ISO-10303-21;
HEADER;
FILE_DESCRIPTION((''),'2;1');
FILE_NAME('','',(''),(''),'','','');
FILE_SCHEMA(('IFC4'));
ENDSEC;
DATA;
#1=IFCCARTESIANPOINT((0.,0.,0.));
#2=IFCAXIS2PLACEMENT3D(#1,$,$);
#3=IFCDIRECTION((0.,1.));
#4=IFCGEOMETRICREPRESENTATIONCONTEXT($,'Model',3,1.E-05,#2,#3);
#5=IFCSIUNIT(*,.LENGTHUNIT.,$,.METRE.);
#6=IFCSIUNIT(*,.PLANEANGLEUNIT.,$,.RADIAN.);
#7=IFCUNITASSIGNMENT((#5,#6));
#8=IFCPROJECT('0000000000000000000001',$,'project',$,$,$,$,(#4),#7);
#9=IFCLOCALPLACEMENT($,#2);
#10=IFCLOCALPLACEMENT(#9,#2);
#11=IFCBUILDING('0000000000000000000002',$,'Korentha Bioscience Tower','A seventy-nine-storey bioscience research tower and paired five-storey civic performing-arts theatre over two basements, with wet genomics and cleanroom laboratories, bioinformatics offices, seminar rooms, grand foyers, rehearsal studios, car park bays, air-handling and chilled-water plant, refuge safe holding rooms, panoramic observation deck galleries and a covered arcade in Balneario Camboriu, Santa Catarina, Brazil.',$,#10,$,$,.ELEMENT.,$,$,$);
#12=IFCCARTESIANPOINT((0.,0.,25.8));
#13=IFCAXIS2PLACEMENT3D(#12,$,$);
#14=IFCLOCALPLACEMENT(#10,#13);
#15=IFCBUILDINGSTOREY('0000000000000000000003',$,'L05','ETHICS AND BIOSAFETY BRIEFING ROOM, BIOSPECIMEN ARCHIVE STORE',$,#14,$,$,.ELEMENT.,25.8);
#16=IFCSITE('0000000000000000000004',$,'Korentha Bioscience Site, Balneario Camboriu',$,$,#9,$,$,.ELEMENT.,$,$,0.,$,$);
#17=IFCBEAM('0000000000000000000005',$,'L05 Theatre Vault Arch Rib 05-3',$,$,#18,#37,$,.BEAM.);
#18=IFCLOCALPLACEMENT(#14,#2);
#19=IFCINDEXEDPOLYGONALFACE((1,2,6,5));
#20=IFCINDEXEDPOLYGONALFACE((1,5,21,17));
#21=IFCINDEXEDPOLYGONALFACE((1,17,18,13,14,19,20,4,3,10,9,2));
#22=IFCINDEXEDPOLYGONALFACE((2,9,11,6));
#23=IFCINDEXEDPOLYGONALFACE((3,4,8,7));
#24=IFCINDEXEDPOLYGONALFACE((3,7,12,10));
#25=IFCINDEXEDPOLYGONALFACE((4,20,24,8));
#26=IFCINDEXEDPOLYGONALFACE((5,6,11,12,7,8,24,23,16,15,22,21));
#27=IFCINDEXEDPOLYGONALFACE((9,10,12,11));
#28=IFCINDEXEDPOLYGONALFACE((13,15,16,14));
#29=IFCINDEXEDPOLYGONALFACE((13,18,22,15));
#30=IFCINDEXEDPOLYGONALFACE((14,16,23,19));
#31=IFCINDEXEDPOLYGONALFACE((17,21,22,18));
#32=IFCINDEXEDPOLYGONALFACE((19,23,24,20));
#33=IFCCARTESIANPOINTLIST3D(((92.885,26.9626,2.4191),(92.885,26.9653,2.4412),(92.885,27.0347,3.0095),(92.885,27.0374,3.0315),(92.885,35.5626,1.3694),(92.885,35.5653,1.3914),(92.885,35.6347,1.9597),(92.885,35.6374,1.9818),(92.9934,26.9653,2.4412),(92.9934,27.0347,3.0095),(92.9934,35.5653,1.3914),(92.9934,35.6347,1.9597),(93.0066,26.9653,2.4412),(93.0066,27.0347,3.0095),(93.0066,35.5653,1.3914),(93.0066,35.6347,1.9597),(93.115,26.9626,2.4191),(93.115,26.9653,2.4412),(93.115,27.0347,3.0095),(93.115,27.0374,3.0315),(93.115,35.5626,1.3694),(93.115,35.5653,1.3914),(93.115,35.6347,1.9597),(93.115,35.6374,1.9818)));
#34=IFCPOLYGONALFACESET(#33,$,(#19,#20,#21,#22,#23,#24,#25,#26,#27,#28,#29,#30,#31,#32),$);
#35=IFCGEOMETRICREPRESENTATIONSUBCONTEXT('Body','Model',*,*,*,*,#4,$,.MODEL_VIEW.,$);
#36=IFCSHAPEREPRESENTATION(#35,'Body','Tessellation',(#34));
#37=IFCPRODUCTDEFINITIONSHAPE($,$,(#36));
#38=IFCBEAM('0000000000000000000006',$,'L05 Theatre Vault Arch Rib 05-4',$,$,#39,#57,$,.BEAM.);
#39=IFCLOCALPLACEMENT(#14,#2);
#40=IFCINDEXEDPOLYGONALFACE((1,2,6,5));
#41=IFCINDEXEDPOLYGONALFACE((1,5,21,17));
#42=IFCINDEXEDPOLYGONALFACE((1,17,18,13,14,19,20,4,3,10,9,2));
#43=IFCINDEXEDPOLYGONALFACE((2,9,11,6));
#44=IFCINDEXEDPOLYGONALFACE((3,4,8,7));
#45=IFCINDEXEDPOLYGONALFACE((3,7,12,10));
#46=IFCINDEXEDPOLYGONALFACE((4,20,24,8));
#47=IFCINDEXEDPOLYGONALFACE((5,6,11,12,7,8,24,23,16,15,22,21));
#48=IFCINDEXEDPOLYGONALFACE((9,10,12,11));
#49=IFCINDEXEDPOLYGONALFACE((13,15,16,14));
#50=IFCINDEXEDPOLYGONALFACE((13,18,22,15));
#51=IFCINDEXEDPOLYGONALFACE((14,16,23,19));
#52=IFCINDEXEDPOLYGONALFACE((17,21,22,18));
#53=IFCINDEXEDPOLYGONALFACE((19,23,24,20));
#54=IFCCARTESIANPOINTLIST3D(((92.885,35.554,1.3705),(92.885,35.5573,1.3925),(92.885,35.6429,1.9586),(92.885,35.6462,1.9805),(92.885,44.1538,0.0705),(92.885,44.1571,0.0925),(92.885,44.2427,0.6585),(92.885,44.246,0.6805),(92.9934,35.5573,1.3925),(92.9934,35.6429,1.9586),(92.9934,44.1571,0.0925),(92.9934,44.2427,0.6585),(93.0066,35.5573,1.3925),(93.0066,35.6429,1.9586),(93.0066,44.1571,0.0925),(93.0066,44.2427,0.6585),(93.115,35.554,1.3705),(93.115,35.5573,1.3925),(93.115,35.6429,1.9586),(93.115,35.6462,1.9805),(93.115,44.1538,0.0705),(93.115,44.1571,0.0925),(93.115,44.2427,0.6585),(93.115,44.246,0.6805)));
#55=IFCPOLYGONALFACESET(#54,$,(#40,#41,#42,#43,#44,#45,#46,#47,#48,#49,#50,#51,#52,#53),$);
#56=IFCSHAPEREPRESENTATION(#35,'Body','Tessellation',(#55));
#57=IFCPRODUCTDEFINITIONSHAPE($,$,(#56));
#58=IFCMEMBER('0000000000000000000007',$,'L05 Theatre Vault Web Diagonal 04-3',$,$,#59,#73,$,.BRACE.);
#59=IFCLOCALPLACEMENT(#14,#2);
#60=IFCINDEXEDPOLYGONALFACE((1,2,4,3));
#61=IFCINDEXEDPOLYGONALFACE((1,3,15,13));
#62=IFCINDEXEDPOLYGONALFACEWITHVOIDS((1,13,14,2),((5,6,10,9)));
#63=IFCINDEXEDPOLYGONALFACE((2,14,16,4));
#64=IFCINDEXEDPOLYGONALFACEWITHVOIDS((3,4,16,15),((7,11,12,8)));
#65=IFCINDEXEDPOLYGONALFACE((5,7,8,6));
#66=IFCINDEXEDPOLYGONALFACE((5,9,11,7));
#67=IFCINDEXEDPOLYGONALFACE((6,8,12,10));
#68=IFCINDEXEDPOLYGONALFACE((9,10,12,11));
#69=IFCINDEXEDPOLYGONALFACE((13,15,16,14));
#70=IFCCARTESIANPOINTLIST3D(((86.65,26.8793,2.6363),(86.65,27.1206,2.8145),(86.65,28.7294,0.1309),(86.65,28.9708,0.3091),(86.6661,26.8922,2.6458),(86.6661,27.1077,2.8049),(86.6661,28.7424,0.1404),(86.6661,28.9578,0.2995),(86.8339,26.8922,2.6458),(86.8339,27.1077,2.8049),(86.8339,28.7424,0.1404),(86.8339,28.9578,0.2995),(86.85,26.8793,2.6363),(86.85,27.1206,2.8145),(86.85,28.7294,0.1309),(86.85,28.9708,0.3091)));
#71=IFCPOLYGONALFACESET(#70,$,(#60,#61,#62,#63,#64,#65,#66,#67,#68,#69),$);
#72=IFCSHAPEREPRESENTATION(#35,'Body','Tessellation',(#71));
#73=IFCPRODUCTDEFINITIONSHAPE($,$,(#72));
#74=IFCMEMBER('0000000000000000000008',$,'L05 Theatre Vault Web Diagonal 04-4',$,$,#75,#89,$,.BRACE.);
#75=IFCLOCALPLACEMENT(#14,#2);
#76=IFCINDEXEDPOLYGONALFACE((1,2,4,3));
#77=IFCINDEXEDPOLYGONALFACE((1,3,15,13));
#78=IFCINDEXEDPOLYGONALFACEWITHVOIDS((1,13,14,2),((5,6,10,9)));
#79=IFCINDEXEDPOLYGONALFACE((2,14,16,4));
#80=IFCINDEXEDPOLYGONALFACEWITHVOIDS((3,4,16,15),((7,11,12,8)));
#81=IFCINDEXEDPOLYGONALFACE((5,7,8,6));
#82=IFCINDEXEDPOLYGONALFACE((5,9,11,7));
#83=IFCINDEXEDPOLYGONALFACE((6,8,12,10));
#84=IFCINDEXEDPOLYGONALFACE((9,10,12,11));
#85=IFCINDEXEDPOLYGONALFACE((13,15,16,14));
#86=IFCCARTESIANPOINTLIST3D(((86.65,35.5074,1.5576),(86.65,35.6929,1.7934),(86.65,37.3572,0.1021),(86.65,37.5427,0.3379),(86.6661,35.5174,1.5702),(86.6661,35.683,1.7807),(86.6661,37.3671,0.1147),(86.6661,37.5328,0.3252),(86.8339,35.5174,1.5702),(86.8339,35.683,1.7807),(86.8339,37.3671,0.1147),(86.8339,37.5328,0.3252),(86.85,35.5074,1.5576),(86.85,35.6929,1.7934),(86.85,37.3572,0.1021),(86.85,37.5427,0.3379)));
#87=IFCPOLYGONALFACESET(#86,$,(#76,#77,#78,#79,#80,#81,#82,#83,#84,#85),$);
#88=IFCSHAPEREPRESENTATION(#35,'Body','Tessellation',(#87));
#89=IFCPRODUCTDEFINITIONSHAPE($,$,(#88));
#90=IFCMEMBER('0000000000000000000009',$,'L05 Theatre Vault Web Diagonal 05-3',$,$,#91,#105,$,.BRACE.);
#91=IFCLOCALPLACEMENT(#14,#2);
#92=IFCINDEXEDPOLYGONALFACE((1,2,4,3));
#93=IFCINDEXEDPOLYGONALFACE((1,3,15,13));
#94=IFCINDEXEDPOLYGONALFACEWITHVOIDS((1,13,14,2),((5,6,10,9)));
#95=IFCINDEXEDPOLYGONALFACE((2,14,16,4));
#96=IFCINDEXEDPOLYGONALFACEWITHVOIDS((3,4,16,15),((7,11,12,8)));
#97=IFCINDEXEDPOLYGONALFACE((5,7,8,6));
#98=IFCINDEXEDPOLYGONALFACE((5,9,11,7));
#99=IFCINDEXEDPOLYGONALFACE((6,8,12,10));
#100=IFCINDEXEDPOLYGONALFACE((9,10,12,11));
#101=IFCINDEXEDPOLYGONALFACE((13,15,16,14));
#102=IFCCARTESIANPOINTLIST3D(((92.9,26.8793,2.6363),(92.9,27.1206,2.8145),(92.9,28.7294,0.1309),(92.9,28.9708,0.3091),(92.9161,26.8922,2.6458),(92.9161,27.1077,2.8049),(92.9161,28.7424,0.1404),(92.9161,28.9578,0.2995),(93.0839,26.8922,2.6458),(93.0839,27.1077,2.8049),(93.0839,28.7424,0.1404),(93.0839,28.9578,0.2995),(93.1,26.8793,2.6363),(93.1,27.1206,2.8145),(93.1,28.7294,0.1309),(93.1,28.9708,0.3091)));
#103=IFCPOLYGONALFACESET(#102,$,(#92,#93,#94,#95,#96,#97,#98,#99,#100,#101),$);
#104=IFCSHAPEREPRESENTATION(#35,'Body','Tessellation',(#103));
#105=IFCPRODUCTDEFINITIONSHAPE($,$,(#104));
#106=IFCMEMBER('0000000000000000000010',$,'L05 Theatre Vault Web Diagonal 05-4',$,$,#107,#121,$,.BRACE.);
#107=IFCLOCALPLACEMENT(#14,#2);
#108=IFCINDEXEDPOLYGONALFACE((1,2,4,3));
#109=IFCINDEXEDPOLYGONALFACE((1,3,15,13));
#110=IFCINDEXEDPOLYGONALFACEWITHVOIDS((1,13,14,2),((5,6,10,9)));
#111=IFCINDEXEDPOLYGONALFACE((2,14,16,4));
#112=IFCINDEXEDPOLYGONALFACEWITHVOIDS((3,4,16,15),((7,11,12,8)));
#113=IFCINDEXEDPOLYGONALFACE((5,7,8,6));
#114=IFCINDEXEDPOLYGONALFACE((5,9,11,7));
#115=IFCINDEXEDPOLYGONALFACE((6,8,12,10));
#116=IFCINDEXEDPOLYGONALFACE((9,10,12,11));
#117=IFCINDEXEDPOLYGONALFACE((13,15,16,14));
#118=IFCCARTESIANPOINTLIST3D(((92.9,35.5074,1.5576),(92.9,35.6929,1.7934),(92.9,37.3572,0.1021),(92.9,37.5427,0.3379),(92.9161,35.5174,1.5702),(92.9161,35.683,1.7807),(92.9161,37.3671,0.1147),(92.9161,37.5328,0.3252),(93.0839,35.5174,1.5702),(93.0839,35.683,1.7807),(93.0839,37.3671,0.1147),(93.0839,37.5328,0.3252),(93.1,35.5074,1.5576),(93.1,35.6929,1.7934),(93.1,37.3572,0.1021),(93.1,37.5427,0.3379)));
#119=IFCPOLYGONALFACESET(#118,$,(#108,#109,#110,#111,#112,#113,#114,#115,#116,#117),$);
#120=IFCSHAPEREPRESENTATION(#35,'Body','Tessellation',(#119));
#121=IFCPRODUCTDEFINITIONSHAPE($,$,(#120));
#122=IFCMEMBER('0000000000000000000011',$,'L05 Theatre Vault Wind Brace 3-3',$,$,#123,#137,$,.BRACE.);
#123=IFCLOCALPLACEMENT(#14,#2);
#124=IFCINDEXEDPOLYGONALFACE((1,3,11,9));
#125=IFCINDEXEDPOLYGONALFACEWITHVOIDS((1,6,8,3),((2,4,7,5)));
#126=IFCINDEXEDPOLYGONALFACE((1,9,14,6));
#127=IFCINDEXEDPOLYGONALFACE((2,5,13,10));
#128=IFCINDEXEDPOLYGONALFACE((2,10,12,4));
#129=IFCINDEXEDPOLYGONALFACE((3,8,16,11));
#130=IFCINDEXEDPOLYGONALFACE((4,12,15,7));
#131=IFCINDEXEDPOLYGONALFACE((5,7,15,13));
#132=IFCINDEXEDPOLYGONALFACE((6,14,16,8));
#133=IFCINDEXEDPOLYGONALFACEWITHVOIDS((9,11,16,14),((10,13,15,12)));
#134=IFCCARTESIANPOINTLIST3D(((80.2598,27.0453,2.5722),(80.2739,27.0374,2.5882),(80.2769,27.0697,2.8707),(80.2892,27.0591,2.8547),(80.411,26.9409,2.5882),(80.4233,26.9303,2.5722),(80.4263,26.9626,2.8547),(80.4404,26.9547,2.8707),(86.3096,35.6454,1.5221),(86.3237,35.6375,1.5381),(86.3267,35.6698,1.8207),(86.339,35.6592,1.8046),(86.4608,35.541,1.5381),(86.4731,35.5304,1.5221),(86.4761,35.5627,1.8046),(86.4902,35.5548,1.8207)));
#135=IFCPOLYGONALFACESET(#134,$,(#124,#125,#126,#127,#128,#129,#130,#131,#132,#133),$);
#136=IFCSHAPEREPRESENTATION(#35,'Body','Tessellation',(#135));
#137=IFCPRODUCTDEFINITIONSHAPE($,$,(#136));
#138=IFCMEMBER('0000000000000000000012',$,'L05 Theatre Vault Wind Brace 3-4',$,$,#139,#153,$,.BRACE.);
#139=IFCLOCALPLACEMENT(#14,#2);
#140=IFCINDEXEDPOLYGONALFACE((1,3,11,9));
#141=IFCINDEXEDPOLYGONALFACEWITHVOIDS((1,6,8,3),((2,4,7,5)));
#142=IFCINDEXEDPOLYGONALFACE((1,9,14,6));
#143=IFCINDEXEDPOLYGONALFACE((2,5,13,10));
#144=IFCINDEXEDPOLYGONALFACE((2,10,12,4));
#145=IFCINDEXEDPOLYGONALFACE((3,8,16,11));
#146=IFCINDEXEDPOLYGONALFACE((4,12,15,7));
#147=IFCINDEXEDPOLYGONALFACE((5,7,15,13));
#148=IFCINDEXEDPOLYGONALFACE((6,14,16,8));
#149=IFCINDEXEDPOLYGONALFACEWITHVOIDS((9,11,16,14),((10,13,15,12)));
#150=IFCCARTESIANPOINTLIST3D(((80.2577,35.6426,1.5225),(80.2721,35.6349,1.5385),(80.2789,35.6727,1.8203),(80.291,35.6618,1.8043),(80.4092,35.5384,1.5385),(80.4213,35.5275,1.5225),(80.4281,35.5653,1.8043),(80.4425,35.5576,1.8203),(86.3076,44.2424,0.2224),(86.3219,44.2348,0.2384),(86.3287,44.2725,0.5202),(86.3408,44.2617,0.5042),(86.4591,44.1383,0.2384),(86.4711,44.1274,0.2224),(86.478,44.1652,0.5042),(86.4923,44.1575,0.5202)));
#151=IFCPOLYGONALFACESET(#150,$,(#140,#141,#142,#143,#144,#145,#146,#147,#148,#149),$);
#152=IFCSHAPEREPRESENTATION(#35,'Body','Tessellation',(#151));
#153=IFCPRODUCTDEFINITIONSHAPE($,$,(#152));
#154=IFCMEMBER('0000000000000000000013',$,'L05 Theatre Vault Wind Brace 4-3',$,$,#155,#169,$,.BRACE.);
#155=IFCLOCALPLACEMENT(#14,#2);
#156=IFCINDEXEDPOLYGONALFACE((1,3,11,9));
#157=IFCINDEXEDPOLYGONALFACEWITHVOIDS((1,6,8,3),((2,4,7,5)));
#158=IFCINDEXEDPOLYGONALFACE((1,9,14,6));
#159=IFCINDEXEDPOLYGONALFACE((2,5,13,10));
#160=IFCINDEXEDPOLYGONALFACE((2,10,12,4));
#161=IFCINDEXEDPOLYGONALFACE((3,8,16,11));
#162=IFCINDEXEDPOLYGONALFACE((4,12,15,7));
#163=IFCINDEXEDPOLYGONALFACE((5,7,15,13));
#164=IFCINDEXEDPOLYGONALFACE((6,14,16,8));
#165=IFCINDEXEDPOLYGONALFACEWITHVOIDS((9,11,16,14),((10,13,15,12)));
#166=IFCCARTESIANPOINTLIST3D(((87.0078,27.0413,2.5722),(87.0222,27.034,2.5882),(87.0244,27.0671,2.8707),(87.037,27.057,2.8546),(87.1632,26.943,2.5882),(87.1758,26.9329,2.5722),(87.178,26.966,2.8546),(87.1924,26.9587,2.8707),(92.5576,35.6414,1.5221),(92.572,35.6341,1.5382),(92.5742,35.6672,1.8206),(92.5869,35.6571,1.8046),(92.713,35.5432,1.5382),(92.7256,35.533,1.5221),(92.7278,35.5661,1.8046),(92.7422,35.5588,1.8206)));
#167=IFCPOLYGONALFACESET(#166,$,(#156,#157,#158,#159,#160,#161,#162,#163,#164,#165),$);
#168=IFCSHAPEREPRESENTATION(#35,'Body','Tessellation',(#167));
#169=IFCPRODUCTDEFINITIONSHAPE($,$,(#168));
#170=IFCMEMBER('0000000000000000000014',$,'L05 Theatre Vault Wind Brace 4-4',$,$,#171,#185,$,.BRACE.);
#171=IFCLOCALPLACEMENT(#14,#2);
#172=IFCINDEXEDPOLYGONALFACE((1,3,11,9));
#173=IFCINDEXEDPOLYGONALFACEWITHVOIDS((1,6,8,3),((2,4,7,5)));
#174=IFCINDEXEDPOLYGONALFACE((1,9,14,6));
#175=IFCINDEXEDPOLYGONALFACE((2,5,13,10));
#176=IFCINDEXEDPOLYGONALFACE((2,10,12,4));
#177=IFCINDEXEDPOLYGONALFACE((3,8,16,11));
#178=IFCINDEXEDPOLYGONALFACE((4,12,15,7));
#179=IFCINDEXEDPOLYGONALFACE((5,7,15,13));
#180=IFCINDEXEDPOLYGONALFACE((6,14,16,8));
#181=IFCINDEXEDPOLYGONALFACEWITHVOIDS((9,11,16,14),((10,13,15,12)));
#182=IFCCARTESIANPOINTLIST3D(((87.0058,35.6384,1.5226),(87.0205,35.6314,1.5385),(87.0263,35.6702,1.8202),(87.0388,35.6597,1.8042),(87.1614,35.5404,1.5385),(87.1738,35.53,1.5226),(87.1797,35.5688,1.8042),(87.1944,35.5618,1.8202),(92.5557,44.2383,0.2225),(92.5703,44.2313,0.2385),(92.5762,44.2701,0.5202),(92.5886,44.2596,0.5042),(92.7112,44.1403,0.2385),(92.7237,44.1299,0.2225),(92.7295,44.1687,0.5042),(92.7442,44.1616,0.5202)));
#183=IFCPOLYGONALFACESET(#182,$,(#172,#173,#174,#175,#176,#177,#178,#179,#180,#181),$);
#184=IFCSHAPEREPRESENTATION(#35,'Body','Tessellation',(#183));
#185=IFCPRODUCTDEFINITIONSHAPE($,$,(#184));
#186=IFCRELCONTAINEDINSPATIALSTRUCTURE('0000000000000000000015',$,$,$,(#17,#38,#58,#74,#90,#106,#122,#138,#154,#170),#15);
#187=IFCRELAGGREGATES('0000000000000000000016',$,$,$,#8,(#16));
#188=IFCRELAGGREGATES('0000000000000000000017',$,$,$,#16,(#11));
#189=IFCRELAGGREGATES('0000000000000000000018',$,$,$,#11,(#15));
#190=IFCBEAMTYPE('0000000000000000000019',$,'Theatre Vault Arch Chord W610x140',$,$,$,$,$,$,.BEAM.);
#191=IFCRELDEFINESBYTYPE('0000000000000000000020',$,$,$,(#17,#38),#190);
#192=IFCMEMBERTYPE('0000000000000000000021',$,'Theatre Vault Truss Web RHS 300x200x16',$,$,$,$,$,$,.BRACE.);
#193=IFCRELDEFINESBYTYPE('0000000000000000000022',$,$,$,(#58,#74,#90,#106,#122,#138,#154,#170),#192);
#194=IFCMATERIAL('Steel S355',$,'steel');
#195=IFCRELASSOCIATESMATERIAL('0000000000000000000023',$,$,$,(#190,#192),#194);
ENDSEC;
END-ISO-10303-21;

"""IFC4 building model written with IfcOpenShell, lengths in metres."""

from ifc_helpers import new_model, si_unit, direction, frame, origin, origin_2d, place, context, subcontext, project, spatial, hollow_rectangle, i_section, extrude, material, material_profile, profile_set, type_object, element, save


model = new_model("IFC4")

# Units and contexts
model_context = context("Model", 3, precision=1e-05, world=origin(), true_north=direction((0.0, 1.0)))
body_context = subcontext(model_context, "Body", "Model", "MODEL_VIEW")
ifc_project = project(units=[si_unit("LENGTHUNIT", "METRE"), si_unit("PLANEANGLEUNIT", "RADIAN")], contexts=[model_context])

# Site, building, storey
site_placement = place(None, origin())
site = spatial("IfcSite", under=ifc_project, at=site_placement, Name="Korentha Bioscience Site, Balneario Camboriu", CompositionType="ELEMENT", RefElevation=0.0)
building_placement = place(site_placement, origin())
building = spatial("IfcBuilding", under=site, at=building_placement, Name="Korentha Bioscience Tower", Description="A seventy-nine-storey bioscience research tower and paired five-storey civic performing-arts theatre over two basements, with wet genomics and cleanroom laboratories, bioinformatics offices, seminar rooms, grand foyers, rehearsal studios, car park bays, air-handling and chilled-water plant, refuge safe holding rooms, panoramic observation deck galleries and a covered arcade in Balneario Camboriu, Santa Catarina, Brazil.", CompositionType="ELEMENT")
storey_placement = place(building_placement, frame((0.0, 0.0, 25.8)))
storey = spatial("IfcBuildingStorey", under=building, at=storey_placement, Name="L05", Description="ETHICS AND BIOSAFETY BRIEFING ROOM, BIOSPECIMEN ARCHIVE STORE", CompositionType="ELEMENT", Elevation=25.8)

# Shared definitions
ifc_material = material(Name="Steel S355", Category="steel")

# Beams
ifc_material_profile_1 = material_profile(ifc_material, i_section(OverallWidth=0.23, OverallDepth=0.6169, WebThickness=0.0132, FlangeThickness=0.0222, at=origin_2d()), Name="Steel S355")
ifc_profile_set_1 = profile_set([ifc_material_profile_1], Name="Steel S355 (TV-610)")
beam_type = type_object("IfcBeamType", Name="Theatre Vault Arch Chord W610x140", PredefinedType="BEAM", material=ifc_profile_set_1)
beam_1_placement = place(storey_placement, frame((93.0, 27.0, 2.7253), z_axis=(0.0, 0.992632, -0.12117), x_axis=(-1.0, 0.0, 0.0)))
element("IfcBeam", 1, at=beam_1_placement, inside=storey, type_object=beam_type, Name="L05 Theatre Vault Arch Rib 05-3", PredefinedType="BEAM", context=body_context, shape_type="SweptSolid", body=[
    extrude(i_section(OverallWidth=0.23, OverallDepth=0.6169, WebThickness=0.0132, FlangeThickness=0.0222, at=origin_2d()), origin(), (0.0, 0.0, 1.0), 8.6638),
])
beam_2_placement = place(storey_placement, frame((93.0, 35.6001, 1.6755), z_axis=(0.0, 0.988766, -0.149473), x_axis=(-1.0, 0.0, 0.0)))
element("IfcBeam", 2, at=beam_2_placement, inside=storey, type_object=beam_type, Name="L05 Theatre Vault Arch Rib 05-4", PredefinedType="BEAM", context=body_context, shape_type="SweptSolid", body=[
    extrude(i_section(OverallWidth=0.23, OverallDepth=0.6169, WebThickness=0.0132, FlangeThickness=0.0222, at=origin_2d()), origin(), (0.0, 0.0, 1.0), 8.6975),
])

# Members
ifc_material_profile_2 = material_profile(ifc_material, hollow_rectangle(XDim=0.2, YDim=0.3, WallThickness=0.0161, at=origin_2d()), Name="Steel S355")
ifc_profile_set_2 = profile_set([ifc_material_profile_2], Name="Steel S355 (TV-W300)")
member_type = type_object("IfcMemberType", Name="Theatre Vault Truss Web RHS 300x200x16", PredefinedType="BRACE", material=ifc_profile_set_2)
member_1_placement = place(storey_placement, frame((86.75, 28.8501, 0.22), z_axis=(0.0, -0.594038, 0.804437), x_axis=(1.0, 0.0, 0.0)))
element("IfcMember", 3, at=member_1_placement, inside=storey, type_object=member_type, Name="L05 Theatre Vault Web Diagonal 04-3", PredefinedType="BRACE", context=body_context, shape_type="SweptSolid", body=[
    extrude(hollow_rectangle(XDim=0.2, YDim=0.3, WallThickness=0.0161, at=origin_2d()), origin(), (0.0, 0.0, 1.0), 3.1145),
])
member_2_placement = place(storey_placement, frame((86.75, 37.45, 0.22), z_axis=(0.0, -0.785883, 0.618376), x_axis=(1.0, 0.0, 0.0)))
element("IfcMember", 4, at=member_2_placement, inside=storey, type_object=member_type, Name="L05 Theatre Vault Web Diagonal 04-4", PredefinedType="BRACE", context=body_context, shape_type="SweptSolid", body=[
    extrude(hollow_rectangle(XDim=0.2, YDim=0.3, WallThickness=0.0161, at=origin_2d()), origin(), (0.0, 0.0, 1.0), 2.3538),
])
member_3_placement = place(storey_placement, frame((93.0, 28.8501, 0.22), z_axis=(0.0, -0.594038, 0.804437), x_axis=(1.0, 0.0, 0.0)))
element("IfcMember", 5, at=member_3_placement, inside=storey, type_object=member_type, Name="L05 Theatre Vault Web Diagonal 05-3", PredefinedType="BRACE", context=body_context, shape_type="SweptSolid", body=[
    extrude(hollow_rectangle(XDim=0.2, YDim=0.3, WallThickness=0.0161, at=origin_2d()), origin(), (0.0, 0.0, 1.0), 3.1145),
])
member_4_placement = place(storey_placement, frame((93.0, 37.45, 0.22), z_axis=(0.0, -0.785883, 0.618376), x_axis=(1.0, 0.0, 0.0)))
element("IfcMember", 6, at=member_4_placement, inside=storey, type_object=member_type, Name="L05 Theatre Vault Web Diagonal 05-4", PredefinedType="BRACE", context=body_context, shape_type="SweptSolid", body=[
    extrude(hollow_rectangle(XDim=0.2, YDim=0.3, WallThickness=0.0161, at=origin_2d()), origin(), (0.0, 0.0, 1.0), 2.3538),
])
member_5_placement = place(storey_placement, frame((80.3501, 27.0, 2.7214), z_axis=(0.572511, 0.813853, -0.099369), x_axis=(-0.817901, 0.575359, 0.0)))
element("IfcMember", 7, at=member_5_placement, inside=storey, type_object=member_type, Name="L05 Theatre Vault Wind Brace 3-3", PredefinedType="BRACE", context=body_context, shape_type="SweptSolid", body=[
    extrude(hollow_rectangle(XDim=0.2, YDim=0.3, WallThickness=0.0161, at=origin_2d()), origin(), (0.0, 0.0, 1.0), 10.5671),
])
member_6_placement = place(storey_placement, frame((80.3501, 35.6001, 1.6714), z_axis=(0.571022, 0.811713, -0.122707), x_axis=(-0.817893, 0.57537, 0.0)))
element("IfcMember", 8, at=member_6_placement, inside=storey, type_object=member_type, Name="L05 Theatre Vault Wind Brace 3-4", PredefinedType="BRACE", context=body_context, shape_type="SweptSolid", body=[
    extrude(hollow_rectangle(XDim=0.2, YDim=0.3, WallThickness=0.0161, at=origin_2d()), origin(), (0.0, 0.0, 1.0), 10.5947),
])
member_7_placement = place(storey_placement, frame((87.1001, 27.0, 2.7214), z_axis=(0.539389, 0.835849, -0.102055), x_axis=(-0.840236, 0.54222, 0.0)))
element("IfcMember", 9, at=member_7_placement, inside=storey, type_object=member_type, Name="L05 Theatre Vault Wind Brace 4-3", PredefinedType="BRACE", context=body_context, shape_type="SweptSolid", body=[
    extrude(hollow_rectangle(XDim=0.2, YDim=0.3, WallThickness=0.0161, at=origin_2d()), origin(), (0.0, 0.0, 1.0), 10.2891),
])
member_8_placement = place(storey_placement, frame((87.1001, 35.6001, 1.6714), z_axis=(0.537909, 0.833532, -0.126006), x_axis=(-0.840229, 0.542231, 0.0)))
element("IfcMember", 10, at=member_8_placement, inside=storey, type_object=member_type, Name="L05 Theatre Vault Wind Brace 4-4", PredefinedType="BRACE", context=body_context, shape_type="SweptSolid", body=[
    extrude(hollow_rectangle(XDim=0.2, YDim=0.3, WallThickness=0.0161, at=origin_2d()), origin(), (0.0, 0.0, 1.0), 10.3174),
])

save(model, "model.ifc")
